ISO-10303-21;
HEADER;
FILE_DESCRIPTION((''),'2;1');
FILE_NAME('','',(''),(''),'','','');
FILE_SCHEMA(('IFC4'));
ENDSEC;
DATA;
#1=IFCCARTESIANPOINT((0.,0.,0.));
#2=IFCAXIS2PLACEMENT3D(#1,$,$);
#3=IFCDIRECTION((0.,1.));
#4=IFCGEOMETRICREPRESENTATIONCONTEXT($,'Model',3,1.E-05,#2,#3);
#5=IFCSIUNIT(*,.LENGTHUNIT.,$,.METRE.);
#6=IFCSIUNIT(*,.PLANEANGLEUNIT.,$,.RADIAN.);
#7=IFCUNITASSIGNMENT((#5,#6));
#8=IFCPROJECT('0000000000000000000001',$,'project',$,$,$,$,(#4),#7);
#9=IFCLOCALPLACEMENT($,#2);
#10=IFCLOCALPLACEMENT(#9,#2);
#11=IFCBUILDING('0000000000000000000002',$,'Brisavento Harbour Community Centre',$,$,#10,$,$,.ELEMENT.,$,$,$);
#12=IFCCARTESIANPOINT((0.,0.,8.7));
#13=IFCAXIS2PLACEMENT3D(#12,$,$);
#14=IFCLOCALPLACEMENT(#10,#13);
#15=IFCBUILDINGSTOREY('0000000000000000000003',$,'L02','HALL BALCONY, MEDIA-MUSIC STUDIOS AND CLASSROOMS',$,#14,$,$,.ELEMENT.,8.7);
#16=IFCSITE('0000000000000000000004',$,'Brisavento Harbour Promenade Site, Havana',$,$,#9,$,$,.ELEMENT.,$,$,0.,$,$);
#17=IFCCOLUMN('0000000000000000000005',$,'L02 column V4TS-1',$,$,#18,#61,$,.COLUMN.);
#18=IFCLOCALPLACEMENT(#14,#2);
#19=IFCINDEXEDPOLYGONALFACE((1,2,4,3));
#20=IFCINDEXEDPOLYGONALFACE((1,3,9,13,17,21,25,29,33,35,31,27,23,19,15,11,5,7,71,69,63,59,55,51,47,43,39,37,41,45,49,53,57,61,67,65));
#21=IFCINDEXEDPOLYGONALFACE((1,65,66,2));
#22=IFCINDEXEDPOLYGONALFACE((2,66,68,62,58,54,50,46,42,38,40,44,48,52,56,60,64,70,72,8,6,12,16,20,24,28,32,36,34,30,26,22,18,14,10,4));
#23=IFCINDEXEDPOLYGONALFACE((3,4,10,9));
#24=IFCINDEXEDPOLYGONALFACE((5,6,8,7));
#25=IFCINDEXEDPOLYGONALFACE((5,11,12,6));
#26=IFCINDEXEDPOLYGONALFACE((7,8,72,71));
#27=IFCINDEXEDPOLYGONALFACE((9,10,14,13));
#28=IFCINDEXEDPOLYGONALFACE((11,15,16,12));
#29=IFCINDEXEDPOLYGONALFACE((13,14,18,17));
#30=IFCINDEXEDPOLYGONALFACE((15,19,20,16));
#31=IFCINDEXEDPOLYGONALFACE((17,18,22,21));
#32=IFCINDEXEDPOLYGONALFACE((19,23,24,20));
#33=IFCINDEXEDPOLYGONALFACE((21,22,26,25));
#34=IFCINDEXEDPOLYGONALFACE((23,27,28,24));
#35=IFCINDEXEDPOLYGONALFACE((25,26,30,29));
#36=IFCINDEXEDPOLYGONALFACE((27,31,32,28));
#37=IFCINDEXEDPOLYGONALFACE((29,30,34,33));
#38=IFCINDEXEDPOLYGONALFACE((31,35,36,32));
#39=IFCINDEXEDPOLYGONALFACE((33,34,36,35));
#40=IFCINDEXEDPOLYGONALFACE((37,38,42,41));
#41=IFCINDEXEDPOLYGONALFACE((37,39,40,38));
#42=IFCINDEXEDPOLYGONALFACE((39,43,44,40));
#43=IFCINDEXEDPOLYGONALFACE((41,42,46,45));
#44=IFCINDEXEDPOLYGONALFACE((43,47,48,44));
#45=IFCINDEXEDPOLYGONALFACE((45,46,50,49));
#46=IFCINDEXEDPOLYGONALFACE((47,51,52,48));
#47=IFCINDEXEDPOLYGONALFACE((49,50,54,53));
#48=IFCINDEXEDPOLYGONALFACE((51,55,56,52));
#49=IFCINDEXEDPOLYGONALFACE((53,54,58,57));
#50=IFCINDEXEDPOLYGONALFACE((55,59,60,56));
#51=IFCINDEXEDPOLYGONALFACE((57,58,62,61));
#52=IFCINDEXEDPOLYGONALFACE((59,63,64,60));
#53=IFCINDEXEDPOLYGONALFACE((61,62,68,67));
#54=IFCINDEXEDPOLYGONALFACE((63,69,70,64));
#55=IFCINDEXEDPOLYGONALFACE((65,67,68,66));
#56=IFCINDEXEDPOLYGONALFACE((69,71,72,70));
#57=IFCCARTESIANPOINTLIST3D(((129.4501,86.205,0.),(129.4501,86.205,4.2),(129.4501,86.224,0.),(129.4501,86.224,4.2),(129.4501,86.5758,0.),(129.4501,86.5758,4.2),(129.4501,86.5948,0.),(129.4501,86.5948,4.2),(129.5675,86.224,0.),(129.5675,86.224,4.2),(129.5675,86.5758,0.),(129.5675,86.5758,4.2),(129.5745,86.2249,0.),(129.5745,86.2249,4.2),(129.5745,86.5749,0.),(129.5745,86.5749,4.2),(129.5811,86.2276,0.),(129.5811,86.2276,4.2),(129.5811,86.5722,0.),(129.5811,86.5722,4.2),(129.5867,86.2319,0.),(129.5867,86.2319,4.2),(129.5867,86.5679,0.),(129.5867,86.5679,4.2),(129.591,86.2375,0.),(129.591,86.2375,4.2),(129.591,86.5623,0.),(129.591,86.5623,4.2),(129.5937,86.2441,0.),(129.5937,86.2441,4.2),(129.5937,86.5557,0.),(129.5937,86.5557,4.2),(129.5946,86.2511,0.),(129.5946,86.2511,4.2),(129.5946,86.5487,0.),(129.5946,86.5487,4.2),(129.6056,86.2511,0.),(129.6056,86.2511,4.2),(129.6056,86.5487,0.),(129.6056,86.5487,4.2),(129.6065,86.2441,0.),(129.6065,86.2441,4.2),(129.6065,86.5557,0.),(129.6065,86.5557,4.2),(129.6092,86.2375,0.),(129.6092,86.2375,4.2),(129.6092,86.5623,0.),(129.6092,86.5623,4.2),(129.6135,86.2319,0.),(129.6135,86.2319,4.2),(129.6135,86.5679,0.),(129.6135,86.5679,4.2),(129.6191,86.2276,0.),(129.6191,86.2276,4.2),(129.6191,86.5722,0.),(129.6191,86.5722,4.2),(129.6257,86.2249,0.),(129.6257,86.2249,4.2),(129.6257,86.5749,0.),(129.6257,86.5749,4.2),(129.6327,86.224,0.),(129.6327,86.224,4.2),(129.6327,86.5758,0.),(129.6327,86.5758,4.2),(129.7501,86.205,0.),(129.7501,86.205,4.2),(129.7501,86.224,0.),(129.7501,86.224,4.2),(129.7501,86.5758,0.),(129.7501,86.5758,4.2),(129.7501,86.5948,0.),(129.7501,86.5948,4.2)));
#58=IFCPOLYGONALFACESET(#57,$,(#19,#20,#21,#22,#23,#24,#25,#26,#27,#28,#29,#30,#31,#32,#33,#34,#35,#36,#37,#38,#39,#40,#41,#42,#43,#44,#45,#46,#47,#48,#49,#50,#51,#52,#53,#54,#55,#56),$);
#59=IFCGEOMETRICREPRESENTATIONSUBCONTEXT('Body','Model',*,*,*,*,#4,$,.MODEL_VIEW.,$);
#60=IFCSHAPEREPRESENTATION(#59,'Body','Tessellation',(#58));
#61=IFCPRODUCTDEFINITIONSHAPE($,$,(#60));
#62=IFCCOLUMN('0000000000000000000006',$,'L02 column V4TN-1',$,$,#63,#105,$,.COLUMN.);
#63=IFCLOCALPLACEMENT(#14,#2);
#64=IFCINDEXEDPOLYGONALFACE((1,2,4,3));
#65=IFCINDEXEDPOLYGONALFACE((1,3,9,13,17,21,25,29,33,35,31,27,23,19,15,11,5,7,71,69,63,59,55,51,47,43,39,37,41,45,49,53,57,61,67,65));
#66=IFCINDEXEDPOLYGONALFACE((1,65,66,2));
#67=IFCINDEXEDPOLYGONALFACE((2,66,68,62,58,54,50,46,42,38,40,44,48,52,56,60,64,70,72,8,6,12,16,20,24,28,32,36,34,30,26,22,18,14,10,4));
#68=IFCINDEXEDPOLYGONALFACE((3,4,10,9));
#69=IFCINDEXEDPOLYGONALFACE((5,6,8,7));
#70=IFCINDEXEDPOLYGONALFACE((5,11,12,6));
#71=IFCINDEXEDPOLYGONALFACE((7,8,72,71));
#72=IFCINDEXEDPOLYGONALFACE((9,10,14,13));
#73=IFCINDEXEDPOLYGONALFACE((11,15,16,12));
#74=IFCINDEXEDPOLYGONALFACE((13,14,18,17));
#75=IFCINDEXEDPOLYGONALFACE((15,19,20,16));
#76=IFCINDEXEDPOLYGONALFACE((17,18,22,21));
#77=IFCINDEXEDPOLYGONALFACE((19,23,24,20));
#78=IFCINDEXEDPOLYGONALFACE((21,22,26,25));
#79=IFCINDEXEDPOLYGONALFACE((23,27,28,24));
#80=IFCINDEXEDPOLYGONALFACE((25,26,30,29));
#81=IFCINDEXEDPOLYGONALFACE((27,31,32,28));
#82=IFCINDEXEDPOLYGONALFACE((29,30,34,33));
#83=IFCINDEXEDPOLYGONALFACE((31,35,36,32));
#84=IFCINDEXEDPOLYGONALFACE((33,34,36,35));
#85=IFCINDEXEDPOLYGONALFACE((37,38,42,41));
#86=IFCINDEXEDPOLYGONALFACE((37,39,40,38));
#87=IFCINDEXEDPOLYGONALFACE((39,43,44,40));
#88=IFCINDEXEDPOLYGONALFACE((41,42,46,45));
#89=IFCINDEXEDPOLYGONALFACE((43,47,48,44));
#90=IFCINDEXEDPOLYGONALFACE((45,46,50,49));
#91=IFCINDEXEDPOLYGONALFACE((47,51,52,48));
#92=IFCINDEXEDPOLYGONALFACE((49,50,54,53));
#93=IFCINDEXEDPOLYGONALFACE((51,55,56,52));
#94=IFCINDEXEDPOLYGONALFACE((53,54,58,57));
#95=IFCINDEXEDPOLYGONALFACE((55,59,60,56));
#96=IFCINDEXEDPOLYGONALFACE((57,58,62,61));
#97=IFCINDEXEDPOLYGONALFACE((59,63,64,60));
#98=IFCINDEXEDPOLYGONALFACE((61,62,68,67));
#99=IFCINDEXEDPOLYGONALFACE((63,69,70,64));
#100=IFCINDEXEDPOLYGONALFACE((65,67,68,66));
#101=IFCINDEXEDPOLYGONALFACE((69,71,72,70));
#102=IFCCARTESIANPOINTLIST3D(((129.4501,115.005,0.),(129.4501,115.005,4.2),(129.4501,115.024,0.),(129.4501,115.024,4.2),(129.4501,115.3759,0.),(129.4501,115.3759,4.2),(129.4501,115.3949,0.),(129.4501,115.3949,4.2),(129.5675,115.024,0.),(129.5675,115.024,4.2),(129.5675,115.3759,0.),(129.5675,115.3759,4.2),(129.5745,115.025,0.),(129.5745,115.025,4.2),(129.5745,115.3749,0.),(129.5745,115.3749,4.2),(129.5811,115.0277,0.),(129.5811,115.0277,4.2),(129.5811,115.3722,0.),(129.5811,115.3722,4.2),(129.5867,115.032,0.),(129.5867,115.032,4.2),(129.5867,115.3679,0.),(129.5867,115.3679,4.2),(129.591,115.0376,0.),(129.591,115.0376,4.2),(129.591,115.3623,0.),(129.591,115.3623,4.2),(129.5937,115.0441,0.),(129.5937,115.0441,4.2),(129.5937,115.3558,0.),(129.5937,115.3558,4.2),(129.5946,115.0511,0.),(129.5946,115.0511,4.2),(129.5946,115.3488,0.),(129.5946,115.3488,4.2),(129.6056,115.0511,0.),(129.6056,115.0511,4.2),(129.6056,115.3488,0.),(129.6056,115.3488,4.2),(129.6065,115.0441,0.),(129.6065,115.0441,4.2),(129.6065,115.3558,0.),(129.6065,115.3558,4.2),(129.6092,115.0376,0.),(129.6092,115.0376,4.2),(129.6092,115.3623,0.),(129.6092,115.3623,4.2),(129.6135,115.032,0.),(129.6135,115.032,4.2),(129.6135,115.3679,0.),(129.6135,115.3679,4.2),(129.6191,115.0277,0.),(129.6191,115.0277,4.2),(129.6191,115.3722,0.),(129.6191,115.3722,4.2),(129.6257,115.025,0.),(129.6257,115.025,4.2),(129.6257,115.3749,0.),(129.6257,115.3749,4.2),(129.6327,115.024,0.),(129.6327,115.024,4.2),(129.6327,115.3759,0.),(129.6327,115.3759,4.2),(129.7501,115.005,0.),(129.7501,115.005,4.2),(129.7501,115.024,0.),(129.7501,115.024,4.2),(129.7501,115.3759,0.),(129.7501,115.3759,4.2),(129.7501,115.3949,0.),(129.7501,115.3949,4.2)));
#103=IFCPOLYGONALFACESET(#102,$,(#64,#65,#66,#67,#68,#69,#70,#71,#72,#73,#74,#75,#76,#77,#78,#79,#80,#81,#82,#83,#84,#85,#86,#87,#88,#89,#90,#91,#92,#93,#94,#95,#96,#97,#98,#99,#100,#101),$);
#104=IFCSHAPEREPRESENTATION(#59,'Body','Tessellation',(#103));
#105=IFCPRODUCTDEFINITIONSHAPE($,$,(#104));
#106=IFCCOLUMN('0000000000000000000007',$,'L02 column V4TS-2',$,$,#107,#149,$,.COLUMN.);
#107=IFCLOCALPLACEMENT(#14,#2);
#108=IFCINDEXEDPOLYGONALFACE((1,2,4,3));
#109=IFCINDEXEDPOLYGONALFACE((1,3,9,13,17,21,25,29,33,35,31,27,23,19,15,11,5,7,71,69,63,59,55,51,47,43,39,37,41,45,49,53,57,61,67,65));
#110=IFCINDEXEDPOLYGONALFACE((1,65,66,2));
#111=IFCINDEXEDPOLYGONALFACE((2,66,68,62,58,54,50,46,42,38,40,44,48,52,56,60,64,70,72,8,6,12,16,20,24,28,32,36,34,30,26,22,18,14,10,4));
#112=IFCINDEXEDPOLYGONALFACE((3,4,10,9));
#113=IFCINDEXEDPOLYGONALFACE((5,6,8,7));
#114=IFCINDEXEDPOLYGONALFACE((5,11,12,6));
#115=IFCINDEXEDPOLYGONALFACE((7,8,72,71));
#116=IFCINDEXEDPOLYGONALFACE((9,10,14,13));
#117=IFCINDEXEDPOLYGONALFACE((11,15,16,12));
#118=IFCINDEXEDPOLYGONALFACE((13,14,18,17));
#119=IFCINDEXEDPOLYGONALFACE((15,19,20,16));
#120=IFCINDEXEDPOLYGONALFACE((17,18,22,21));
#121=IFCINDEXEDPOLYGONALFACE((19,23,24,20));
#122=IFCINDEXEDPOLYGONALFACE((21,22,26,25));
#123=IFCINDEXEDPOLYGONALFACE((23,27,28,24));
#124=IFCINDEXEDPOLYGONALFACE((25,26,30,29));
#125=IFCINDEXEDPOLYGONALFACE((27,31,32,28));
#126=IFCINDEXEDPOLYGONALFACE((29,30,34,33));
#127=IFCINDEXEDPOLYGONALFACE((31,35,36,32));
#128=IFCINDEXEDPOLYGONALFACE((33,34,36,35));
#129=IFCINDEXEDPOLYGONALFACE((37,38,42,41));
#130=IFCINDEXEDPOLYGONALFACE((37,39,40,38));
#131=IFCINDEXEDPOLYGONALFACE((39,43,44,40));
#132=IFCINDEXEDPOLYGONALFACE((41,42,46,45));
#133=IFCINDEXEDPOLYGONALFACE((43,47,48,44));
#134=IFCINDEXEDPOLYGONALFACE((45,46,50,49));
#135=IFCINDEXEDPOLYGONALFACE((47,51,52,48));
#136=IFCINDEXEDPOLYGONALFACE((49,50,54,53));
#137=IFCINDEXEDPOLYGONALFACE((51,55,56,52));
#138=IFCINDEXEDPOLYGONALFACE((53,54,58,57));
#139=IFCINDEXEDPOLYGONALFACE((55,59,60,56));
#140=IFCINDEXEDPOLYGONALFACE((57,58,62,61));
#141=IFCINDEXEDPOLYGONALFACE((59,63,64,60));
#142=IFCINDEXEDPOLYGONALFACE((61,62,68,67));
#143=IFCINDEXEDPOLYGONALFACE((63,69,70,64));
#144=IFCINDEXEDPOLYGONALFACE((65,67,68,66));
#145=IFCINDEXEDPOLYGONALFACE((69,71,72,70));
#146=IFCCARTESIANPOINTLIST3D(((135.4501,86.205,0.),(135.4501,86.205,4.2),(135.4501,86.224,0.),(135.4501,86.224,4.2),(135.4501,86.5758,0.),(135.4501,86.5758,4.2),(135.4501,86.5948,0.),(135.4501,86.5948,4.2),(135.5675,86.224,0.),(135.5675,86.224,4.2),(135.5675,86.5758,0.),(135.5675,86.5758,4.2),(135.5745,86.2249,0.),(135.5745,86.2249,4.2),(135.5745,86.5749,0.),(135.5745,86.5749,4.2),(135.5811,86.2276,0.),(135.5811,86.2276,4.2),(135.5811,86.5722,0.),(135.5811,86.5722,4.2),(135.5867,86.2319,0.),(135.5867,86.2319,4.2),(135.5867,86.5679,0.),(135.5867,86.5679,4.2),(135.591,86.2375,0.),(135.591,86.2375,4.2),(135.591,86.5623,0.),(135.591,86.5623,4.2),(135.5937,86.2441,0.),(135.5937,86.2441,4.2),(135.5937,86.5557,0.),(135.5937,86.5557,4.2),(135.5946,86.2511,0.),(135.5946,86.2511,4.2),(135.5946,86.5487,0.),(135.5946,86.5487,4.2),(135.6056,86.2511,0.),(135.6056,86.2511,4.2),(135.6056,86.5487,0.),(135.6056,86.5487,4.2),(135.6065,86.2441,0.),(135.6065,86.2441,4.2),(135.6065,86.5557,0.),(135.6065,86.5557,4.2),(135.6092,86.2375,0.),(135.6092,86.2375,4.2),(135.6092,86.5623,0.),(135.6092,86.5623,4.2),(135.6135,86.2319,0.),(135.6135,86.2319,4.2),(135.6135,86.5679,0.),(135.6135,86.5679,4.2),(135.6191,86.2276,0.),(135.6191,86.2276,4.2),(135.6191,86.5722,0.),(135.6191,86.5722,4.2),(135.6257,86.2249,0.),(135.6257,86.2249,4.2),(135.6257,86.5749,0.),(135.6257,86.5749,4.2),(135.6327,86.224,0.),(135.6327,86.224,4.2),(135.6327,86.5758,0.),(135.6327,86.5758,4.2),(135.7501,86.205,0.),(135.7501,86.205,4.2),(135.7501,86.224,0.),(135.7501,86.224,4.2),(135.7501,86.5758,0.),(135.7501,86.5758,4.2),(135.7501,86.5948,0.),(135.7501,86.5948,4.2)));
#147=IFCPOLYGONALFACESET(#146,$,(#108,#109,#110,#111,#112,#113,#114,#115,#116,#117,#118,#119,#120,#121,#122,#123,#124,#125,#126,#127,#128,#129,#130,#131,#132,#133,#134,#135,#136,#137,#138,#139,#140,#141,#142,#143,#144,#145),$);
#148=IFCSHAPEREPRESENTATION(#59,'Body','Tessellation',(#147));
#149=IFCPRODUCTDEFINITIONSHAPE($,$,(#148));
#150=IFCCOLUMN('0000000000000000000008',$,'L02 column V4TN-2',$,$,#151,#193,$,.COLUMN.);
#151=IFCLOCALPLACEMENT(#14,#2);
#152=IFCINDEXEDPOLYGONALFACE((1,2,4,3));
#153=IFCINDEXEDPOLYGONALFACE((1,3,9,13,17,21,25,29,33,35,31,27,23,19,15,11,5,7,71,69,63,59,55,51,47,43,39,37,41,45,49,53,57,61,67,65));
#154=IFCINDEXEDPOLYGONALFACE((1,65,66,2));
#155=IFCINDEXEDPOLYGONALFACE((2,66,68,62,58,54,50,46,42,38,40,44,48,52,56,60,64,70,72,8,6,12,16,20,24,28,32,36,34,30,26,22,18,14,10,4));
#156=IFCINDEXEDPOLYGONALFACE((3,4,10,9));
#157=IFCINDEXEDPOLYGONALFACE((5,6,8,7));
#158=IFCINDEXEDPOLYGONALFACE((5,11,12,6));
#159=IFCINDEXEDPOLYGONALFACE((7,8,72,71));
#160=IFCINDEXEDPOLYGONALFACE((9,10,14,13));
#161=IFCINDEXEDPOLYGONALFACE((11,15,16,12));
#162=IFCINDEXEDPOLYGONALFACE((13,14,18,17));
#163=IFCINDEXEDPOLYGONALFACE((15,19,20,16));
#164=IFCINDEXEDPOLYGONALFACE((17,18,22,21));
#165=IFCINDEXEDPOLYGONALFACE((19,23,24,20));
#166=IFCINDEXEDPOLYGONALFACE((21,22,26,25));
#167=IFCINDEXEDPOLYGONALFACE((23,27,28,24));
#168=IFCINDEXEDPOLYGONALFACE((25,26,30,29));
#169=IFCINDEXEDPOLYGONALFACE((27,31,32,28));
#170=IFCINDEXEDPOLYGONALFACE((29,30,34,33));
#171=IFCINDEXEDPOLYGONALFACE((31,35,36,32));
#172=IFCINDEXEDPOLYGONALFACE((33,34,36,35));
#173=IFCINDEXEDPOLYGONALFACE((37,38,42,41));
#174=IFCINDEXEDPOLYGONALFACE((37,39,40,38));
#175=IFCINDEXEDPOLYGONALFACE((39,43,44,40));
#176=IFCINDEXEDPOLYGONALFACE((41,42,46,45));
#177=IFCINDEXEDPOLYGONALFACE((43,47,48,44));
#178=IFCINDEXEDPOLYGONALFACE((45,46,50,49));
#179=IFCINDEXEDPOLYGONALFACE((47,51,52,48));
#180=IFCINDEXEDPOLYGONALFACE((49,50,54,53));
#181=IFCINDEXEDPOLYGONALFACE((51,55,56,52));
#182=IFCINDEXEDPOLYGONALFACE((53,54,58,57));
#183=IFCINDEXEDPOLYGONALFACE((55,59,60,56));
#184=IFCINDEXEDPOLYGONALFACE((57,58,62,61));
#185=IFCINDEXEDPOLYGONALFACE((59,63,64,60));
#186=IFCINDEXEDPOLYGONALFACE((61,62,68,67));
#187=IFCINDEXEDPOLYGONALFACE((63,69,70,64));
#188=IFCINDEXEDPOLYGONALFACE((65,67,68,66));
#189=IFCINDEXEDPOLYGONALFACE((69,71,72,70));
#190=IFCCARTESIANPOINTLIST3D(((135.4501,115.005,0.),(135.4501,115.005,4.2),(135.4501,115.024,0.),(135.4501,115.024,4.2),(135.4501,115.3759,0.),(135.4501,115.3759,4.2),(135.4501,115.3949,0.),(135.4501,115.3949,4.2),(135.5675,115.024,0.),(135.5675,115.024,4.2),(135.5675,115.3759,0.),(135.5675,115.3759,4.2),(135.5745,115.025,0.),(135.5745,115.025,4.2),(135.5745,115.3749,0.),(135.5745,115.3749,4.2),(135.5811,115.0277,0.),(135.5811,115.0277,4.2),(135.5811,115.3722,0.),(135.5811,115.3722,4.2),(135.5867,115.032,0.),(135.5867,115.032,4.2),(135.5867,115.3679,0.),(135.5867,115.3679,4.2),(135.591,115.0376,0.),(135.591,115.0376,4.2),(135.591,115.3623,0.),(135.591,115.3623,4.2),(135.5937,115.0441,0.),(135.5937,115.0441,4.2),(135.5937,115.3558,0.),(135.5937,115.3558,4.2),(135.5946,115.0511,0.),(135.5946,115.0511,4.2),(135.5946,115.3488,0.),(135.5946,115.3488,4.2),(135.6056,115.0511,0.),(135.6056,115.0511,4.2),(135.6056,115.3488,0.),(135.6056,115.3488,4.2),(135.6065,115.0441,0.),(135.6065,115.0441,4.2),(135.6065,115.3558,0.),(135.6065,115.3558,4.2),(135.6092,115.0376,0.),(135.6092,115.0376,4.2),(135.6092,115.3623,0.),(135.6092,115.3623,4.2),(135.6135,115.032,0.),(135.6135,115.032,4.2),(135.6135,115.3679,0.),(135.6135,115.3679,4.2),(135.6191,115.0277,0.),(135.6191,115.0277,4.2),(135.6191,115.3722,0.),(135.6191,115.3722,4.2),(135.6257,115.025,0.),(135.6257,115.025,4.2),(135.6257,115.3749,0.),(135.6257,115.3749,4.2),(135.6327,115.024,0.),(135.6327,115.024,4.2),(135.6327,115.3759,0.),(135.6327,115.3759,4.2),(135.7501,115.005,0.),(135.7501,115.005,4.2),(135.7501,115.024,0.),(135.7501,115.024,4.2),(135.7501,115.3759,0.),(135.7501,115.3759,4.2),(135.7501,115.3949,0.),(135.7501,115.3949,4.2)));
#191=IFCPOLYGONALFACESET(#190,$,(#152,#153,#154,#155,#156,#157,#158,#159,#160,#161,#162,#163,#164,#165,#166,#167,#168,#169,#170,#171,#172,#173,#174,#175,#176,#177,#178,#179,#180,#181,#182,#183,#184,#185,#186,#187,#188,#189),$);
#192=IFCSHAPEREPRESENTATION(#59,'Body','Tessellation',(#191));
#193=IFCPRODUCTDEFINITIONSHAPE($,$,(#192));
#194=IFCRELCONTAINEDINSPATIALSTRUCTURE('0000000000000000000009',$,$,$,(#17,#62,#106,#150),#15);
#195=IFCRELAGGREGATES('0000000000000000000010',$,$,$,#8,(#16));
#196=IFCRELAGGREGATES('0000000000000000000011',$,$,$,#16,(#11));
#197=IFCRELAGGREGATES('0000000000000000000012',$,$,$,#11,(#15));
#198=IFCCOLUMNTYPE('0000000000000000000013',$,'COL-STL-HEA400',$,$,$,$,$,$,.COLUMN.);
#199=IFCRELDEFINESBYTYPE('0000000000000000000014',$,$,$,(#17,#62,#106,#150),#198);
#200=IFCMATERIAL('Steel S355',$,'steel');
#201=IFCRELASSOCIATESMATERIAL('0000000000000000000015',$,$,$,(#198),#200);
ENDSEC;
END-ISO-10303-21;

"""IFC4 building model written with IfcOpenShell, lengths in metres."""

from ifc_helpers import new_model, si_unit, direction, frame, origin, origin_2d, place, context, subcontext, project, spatial, i_section, extrude, material, material_profile, profile_set, type_object, element, save


model = new_model("IFC4")

# Units and contexts
model_context = context("Model", 3, precision=1e-05, world=origin(), true_north=direction((0.0, 1.0)))
body_context = subcontext(model_context, "Body", "Model", "MODEL_VIEW")
ifc_project = project(units=[si_unit("LENGTHUNIT", "METRE"), si_unit("PLANEANGLEUNIT", "RADIAN")], contexts=[model_context])

# Site, building, storey
site_placement = place(None, origin())
site = spatial("IfcSite", under=ifc_project, at=site_placement, Name="Brisavento Harbour Promenade Site, Havana", CompositionType="ELEMENT", RefElevation=0.0)
building_placement = place(site_placement, origin())
building = spatial("IfcBuilding", under=site, at=building_placement, Name="Brisavento Harbour Community Centre", CompositionType="ELEMENT")
storey_placement = place(building_placement, frame((0.0, 0.0, 8.7)))
storey = spatial("IfcBuildingStorey", under=building, at=storey_placement, Name="L02", Description="HALL BALCONY, MEDIA-MUSIC STUDIOS AND CLASSROOMS", CompositionType="ELEMENT", Elevation=8.7)

# Columns
ifc_material_1 = material(Name="Steel S355", Category="steel")
ifc_material_profile_1 = material_profile(ifc_material_1, i_section(OverallWidth=0.3, OverallDepth=0.3899, WebThickness=0.011, FlangeThickness=0.019, FilletRadius=0.0271, at=origin_2d()), Name="Steel S355")
ifc_profile_set_1 = profile_set([ifc_material_profile_1], Name="Steel S355")
column_type = type_object("IfcColumnType", Name="COL-STL-HEA400", PredefinedType="COLUMN", material=ifc_profile_set_1)
for number, where, z_axis, x_axis, name in (
    (1, (129.6001, 86.3999, 0.0), (0.0, 0.0, 1.0), (1.0, 0.0, 0.0), "L02 column V4TS-1"),
    (2, (129.6001, 115.2, 0.0), (0.0, 0.0, 1.0), (1.0, 0.0, 0.0), "L02 column V4TN-1"),
    (3, (135.6001, 86.3999, 0.0), (0.0, 0.0, 1.0), (1.0, 0.0, 0.0), "L02 column V4TS-2"),
    (4, (135.6001, 115.2, 0.0), (0.0, 0.0, 1.0), (1.0, 0.0, 0.0), "L02 column V4TN-2"),
):
    element("IfcColumn", number, at=place(storey_placement, frame(where, z_axis=z_axis, x_axis=x_axis)), inside=storey, type_object=column_type, Name=name, PredefinedType="COLUMN", context=body_context, shape_type="SweptSolid", body=[
        extrude(i_section(OverallWidth=0.3, OverallDepth=0.3899, WebThickness=0.011, FlangeThickness=0.019, FilletRadius=0.0271, at=origin_2d()), origin(), (0.0, 0.0, 1.0), 4.2),
    ])

save(model, "model.ifc")
